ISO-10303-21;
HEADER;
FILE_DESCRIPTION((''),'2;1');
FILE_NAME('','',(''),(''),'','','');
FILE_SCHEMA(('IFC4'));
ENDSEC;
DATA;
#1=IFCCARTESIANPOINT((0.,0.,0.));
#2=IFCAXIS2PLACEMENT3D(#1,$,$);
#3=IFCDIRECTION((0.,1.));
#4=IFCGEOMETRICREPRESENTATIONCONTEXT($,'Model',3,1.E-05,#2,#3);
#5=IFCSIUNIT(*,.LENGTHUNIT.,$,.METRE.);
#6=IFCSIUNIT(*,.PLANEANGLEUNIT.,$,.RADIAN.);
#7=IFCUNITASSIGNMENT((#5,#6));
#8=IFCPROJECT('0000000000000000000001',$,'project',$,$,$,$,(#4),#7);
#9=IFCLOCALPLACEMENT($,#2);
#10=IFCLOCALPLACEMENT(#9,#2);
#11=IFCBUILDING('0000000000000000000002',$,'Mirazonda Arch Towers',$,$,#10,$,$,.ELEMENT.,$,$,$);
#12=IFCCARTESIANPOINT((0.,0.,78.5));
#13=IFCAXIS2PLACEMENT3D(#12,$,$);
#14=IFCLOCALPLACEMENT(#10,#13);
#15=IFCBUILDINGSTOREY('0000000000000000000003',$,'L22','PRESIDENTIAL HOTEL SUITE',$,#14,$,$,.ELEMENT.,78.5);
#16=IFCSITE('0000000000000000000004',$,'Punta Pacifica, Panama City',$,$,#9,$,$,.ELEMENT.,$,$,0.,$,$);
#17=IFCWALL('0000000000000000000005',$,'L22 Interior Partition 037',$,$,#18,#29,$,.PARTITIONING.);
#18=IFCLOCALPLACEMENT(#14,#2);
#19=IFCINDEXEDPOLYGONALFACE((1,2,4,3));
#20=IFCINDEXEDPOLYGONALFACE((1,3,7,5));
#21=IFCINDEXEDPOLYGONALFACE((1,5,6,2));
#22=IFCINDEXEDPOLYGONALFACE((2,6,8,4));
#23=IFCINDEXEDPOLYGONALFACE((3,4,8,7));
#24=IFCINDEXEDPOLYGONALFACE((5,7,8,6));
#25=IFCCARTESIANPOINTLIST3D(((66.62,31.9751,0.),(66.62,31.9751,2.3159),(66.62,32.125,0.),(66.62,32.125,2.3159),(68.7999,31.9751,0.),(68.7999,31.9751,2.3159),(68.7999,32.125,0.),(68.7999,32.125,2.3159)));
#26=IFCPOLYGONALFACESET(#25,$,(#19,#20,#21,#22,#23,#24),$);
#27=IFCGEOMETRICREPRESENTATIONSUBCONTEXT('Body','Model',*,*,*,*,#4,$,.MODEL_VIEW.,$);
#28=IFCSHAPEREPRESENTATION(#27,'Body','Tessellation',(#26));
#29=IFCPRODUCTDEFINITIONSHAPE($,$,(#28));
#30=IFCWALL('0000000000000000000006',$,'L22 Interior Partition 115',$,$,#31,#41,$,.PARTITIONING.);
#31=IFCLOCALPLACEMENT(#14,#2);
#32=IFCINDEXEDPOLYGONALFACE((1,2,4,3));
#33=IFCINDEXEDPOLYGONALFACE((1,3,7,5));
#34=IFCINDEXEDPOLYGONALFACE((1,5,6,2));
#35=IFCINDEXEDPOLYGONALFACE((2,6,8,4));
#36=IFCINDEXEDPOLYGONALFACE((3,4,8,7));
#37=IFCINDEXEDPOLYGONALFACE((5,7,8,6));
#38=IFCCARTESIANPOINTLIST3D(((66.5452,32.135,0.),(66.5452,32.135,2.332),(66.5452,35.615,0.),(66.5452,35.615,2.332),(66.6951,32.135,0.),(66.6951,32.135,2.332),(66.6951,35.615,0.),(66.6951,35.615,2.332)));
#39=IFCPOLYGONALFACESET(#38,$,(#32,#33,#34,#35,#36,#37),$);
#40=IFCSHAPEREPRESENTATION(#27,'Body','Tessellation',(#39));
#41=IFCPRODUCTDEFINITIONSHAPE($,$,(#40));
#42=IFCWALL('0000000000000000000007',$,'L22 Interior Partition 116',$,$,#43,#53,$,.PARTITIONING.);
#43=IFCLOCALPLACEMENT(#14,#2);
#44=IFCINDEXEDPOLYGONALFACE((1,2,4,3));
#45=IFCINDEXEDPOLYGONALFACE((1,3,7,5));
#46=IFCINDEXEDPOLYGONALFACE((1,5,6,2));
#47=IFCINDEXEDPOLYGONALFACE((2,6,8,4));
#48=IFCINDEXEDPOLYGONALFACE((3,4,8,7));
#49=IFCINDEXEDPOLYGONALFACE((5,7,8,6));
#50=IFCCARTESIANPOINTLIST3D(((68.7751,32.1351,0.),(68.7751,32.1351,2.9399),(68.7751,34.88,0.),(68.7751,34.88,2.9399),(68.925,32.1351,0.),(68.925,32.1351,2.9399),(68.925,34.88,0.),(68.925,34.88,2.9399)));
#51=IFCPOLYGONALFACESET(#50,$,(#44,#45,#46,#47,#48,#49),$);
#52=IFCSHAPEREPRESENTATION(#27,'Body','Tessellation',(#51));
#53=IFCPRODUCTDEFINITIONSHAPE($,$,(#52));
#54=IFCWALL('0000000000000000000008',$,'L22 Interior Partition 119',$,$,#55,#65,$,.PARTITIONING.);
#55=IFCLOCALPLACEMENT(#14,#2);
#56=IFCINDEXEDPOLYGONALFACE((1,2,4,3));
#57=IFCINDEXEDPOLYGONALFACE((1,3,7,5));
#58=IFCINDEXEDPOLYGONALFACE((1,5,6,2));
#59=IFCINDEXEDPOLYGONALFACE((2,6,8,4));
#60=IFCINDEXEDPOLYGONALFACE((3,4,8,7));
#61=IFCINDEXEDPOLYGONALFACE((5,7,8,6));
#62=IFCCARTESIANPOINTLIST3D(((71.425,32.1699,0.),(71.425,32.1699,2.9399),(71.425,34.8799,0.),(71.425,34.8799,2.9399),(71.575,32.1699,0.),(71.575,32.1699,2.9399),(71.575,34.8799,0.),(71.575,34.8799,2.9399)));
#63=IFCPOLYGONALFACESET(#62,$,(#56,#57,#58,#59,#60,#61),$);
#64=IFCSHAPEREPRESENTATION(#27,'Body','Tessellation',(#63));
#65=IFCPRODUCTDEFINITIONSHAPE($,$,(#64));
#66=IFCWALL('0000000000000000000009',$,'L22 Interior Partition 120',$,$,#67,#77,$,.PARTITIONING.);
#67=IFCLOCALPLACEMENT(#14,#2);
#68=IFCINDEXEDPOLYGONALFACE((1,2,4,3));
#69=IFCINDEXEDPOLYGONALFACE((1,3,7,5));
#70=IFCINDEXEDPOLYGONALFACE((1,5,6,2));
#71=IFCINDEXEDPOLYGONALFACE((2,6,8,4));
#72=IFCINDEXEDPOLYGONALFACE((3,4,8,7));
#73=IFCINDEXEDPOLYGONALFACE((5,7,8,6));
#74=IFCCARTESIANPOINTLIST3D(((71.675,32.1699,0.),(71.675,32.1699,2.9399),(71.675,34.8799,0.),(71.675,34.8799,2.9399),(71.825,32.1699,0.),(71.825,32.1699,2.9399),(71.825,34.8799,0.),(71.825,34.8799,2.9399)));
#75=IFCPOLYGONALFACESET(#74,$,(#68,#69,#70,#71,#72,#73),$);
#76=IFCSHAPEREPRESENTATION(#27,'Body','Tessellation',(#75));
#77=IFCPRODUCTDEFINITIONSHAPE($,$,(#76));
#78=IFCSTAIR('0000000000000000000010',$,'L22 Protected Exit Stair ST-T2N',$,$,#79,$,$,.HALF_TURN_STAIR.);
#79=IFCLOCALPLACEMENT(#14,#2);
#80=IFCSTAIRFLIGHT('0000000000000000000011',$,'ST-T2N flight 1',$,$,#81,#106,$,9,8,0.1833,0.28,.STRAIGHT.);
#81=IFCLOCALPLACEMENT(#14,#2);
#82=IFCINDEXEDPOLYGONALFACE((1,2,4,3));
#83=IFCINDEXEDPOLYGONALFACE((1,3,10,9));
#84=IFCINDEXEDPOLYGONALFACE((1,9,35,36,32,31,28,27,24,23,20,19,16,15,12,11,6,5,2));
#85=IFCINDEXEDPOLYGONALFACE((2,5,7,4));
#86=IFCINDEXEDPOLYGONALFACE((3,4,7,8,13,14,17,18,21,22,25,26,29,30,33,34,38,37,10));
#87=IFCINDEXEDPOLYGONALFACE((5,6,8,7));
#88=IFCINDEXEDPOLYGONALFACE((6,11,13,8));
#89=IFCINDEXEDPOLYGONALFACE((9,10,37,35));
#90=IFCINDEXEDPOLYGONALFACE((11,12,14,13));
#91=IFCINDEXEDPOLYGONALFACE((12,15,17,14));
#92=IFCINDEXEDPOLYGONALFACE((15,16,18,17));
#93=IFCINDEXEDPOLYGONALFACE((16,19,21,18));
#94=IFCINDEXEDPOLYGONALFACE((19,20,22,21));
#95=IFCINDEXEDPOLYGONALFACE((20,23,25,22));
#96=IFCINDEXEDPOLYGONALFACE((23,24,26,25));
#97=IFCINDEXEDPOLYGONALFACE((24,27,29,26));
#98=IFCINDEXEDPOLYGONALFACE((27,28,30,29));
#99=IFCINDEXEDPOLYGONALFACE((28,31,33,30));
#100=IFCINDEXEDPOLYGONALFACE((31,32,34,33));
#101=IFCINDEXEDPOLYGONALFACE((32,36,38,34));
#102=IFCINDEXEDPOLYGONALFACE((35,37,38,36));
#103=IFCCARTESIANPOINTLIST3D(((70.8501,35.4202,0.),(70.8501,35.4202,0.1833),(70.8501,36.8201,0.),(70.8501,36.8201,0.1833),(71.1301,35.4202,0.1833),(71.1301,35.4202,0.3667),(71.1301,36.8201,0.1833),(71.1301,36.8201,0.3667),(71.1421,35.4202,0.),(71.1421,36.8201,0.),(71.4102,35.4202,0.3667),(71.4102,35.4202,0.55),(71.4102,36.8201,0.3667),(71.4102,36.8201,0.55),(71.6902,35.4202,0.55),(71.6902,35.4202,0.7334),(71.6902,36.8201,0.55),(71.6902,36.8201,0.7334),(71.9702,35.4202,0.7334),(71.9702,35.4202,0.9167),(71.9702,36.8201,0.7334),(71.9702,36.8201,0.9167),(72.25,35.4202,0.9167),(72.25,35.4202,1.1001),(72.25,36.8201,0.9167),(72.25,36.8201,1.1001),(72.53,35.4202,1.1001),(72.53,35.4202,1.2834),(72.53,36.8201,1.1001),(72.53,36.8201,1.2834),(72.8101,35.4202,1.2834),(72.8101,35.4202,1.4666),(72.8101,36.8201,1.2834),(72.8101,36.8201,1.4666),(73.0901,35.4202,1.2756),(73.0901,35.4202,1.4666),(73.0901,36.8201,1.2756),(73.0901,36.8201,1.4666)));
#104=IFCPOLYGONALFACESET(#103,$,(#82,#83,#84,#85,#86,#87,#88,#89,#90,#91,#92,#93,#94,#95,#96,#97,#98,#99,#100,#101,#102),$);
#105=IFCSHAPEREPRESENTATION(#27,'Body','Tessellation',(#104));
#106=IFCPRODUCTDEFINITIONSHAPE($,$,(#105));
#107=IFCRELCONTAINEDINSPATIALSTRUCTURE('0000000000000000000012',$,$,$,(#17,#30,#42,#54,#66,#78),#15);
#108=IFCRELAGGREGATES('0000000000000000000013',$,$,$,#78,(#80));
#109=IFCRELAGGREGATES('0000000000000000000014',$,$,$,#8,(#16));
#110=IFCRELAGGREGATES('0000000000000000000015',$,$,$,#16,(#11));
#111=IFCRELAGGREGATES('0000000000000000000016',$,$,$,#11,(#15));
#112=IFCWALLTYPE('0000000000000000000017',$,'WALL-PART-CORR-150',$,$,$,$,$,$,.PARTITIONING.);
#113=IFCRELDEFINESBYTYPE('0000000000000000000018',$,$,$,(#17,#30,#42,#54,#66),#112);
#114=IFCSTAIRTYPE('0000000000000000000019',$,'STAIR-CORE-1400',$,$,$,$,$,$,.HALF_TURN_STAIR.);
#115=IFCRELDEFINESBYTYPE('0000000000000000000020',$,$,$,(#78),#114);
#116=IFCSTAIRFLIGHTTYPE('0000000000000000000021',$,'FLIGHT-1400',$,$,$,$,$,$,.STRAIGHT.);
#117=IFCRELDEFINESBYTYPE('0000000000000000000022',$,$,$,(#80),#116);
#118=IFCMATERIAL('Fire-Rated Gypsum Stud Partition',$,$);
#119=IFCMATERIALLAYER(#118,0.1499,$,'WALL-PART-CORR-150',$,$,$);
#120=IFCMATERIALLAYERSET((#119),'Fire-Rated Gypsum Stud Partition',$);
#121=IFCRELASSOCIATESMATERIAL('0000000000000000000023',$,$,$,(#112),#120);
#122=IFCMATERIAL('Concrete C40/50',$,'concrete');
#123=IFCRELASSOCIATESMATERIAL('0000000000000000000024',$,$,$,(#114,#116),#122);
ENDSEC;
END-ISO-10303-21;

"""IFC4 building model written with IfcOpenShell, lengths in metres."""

from ifc_helpers import new_model, si_unit, direction, frame, frame_2d, origin, place, context, subcontext, project, spatial, polyline, rectangle, outline, extrude, material, layer, layer_set, type_object, element, aggregate, save


model = new_model("IFC4")

# Units and contexts
model_context = context("Model", 3, precision=1e-05, world=origin(), true_north=direction((0.0, 1.0)))
body_context = subcontext(model_context, "Body", "Model", "MODEL_VIEW")
ifc_project = project(units=[si_unit("LENGTHUNIT", "METRE"), si_unit("PLANEANGLEUNIT", "RADIAN")], contexts=[model_context])

# Site, building, storey
site_placement = place(None, origin())
site = spatial("IfcSite", under=ifc_project, at=site_placement, Name="Punta Pacifica, Panama City", CompositionType="ELEMENT", RefElevation=0.0)
building_placement = place(site_placement, origin())
building = spatial("IfcBuilding", under=site, at=building_placement, Name="Mirazonda Arch Towers", CompositionType="ELEMENT")
storey_placement = place(building_placement, frame((0.0, 0.0, 78.5)))
storey = spatial("IfcBuildingStorey", under=building, at=storey_placement, Name="L22", Description="PRESIDENTIAL HOTEL SUITE", CompositionType="ELEMENT", Elevation=78.5)

# Shared definitions
ifc_material_1 = material(Name="Concrete C40/50", Category="concrete")
ifc_material_2 = material(Name="Fire-Rated Gypsum Stud Partition")
ifc_layer_1 = layer(ifc_material_2, 0.1499, Name="WALL-PART-CORR-150")
ifc_layer_set_1 = layer_set([ifc_layer_1], Name="Fire-Rated Gypsum Stud Partition")
wall_type_1 = type_object("IfcWallType", Name="WALL-PART-CORR-150", PredefinedType="PARTITIONING", material=ifc_layer_set_1)

# Walls
wall_1_placement = place(storey_placement, frame((66.6201, 32.05, 0.0), z_axis=(0.0, 0.0, 1.0), x_axis=(1.0, 0.0, 0.0)))
element("IfcWall", 1, at=wall_1_placement, inside=storey, type_object=wall_type_1, Name="L22 Interior Partition 037", PredefinedType="PARTITIONING", context=body_context, shape_type="SweptSolid", body=[
    extrude(rectangle(XDim=2.1799, YDim=0.1499, at=frame_2d((1.0898, 0.0))), origin(), (0.0, 0.0, 1.0), 2.3159),
])
wall_2_placement = place(storey_placement, frame((66.6201, 32.135, 0.0), z_axis=(0.0, 0.0, 1.0), x_axis=(0.0, 1.0, 0.0)))
element("IfcWall", 2, at=wall_2_placement, inside=storey, type_object=wall_type_1, Name="L22 Interior Partition 115", PredefinedType="PARTITIONING", context=body_context, shape_type="SweptSolid", body=[
    extrude(rectangle(XDim=3.48, YDim=0.1499, at=frame_2d((1.74, 0.0))), origin(), (0.0, 0.0, 1.0), 2.332),
])
wall_3_placement = place(storey_placement, frame((68.8501, 32.135, 0.0), z_axis=(0.0, 0.0, 1.0), x_axis=(0.0, 1.0, 0.0)))
element("IfcWall", 3, at=wall_3_placement, inside=storey, type_object=wall_type_1, Name="L22 Interior Partition 116", PredefinedType="PARTITIONING", context=body_context, shape_type="SweptSolid", body=[
    extrude(rectangle(XDim=2.7449, YDim=0.1499, at=frame_2d((1.3726, 0.0))), origin(), (0.0, 0.0, 1.0), 2.9399),
])
for number, where, z_axis, x_axis, name in (
    (4, (71.5, 32.1699, 0.0), (0.0, 0.0, 1.0), (0.0, 1.0, 0.0), "L22 Interior Partition 119"),
    (5, (71.75, 32.1699, 0.0), (0.0, 0.0, 1.0), (0.0, 1.0, 0.0), "L22 Interior Partition 120"),
):
    element("IfcWall", number, at=place(storey_placement, frame(where, z_axis=z_axis, x_axis=x_axis)), inside=storey, type_object=wall_type_1, Name=name, PredefinedType="PARTITIONING", context=body_context, shape_type="SweptSolid", body=[
        extrude(rectangle(XDim=2.71, YDim=0.1499, at=frame_2d((1.355, 0.0))), origin(), (0.0, 0.0, 1.0), 2.9399),
    ])

# Stair, stair flight
stair_type = type_object("IfcStairType", Name="STAIR-CORE-1400", PredefinedType="HALF_TURN_STAIR", material=ifc_material_1)
stair_placement = place(storey_placement, origin())
stair = element("IfcStair", 6, at=stair_placement, inside=storey, type_object=stair_type, Name="L22 Protected Exit Stair ST-T2N", PredefinedType="HALF_TURN_STAIR")
stair_flight_type = type_object("IfcStairFlightType", Name="FLIGHT-1400", PredefinedType="STRAIGHT", material=ifc_material_1)
stair_flight_placement = place(storey_placement, frame((70.8501, 36.1201, 0.0), z_axis=(0.0, 0.0, 1.0), x_axis=(1.0, 0.0, 0.0)))
stair_flight = element("IfcStairFlight", 7, at=stair_flight_placement, type_object=stair_flight_type, Name="ST-T2N flight 1", NumberOfRisers=9, NumberOfTreads=8, PredefinedType="STRAIGHT", RiserHeight=0.1833, TreadLength=0.28, context=body_context, shape_type="SweptSolid", body=[
    extrude(outline(polyline([(0.0, 0.0), (0.0, 0.1833), (0.28, 0.1833), (0.28, 0.3667), (0.5601, 0.3667), (0.5601, 0.55), (0.8401, 0.55), (0.8401, 0.7334), (1.1201, 0.7334), (1.1201, 0.9167), (1.3999, 0.9167), (1.3999, 1.1001), (1.6799, 1.1001), (1.6799, 1.2834), (1.96, 1.2834), (1.96, 1.4666), (2.24, 1.4666), (2.24, 1.6499), (2.24, 1.2756), (0.292, 0.0), (0.0, 0.0)])), frame((0.0, 0.7, 0.0), z_axis=(0.0, -1.0, 0.0), x_axis=(1.0, 0.0, 0.0)), (0.0, 0.0, 1.0), 1.3999),
])
aggregate(stair, [stair_flight])

save(model, "model.ifc")
